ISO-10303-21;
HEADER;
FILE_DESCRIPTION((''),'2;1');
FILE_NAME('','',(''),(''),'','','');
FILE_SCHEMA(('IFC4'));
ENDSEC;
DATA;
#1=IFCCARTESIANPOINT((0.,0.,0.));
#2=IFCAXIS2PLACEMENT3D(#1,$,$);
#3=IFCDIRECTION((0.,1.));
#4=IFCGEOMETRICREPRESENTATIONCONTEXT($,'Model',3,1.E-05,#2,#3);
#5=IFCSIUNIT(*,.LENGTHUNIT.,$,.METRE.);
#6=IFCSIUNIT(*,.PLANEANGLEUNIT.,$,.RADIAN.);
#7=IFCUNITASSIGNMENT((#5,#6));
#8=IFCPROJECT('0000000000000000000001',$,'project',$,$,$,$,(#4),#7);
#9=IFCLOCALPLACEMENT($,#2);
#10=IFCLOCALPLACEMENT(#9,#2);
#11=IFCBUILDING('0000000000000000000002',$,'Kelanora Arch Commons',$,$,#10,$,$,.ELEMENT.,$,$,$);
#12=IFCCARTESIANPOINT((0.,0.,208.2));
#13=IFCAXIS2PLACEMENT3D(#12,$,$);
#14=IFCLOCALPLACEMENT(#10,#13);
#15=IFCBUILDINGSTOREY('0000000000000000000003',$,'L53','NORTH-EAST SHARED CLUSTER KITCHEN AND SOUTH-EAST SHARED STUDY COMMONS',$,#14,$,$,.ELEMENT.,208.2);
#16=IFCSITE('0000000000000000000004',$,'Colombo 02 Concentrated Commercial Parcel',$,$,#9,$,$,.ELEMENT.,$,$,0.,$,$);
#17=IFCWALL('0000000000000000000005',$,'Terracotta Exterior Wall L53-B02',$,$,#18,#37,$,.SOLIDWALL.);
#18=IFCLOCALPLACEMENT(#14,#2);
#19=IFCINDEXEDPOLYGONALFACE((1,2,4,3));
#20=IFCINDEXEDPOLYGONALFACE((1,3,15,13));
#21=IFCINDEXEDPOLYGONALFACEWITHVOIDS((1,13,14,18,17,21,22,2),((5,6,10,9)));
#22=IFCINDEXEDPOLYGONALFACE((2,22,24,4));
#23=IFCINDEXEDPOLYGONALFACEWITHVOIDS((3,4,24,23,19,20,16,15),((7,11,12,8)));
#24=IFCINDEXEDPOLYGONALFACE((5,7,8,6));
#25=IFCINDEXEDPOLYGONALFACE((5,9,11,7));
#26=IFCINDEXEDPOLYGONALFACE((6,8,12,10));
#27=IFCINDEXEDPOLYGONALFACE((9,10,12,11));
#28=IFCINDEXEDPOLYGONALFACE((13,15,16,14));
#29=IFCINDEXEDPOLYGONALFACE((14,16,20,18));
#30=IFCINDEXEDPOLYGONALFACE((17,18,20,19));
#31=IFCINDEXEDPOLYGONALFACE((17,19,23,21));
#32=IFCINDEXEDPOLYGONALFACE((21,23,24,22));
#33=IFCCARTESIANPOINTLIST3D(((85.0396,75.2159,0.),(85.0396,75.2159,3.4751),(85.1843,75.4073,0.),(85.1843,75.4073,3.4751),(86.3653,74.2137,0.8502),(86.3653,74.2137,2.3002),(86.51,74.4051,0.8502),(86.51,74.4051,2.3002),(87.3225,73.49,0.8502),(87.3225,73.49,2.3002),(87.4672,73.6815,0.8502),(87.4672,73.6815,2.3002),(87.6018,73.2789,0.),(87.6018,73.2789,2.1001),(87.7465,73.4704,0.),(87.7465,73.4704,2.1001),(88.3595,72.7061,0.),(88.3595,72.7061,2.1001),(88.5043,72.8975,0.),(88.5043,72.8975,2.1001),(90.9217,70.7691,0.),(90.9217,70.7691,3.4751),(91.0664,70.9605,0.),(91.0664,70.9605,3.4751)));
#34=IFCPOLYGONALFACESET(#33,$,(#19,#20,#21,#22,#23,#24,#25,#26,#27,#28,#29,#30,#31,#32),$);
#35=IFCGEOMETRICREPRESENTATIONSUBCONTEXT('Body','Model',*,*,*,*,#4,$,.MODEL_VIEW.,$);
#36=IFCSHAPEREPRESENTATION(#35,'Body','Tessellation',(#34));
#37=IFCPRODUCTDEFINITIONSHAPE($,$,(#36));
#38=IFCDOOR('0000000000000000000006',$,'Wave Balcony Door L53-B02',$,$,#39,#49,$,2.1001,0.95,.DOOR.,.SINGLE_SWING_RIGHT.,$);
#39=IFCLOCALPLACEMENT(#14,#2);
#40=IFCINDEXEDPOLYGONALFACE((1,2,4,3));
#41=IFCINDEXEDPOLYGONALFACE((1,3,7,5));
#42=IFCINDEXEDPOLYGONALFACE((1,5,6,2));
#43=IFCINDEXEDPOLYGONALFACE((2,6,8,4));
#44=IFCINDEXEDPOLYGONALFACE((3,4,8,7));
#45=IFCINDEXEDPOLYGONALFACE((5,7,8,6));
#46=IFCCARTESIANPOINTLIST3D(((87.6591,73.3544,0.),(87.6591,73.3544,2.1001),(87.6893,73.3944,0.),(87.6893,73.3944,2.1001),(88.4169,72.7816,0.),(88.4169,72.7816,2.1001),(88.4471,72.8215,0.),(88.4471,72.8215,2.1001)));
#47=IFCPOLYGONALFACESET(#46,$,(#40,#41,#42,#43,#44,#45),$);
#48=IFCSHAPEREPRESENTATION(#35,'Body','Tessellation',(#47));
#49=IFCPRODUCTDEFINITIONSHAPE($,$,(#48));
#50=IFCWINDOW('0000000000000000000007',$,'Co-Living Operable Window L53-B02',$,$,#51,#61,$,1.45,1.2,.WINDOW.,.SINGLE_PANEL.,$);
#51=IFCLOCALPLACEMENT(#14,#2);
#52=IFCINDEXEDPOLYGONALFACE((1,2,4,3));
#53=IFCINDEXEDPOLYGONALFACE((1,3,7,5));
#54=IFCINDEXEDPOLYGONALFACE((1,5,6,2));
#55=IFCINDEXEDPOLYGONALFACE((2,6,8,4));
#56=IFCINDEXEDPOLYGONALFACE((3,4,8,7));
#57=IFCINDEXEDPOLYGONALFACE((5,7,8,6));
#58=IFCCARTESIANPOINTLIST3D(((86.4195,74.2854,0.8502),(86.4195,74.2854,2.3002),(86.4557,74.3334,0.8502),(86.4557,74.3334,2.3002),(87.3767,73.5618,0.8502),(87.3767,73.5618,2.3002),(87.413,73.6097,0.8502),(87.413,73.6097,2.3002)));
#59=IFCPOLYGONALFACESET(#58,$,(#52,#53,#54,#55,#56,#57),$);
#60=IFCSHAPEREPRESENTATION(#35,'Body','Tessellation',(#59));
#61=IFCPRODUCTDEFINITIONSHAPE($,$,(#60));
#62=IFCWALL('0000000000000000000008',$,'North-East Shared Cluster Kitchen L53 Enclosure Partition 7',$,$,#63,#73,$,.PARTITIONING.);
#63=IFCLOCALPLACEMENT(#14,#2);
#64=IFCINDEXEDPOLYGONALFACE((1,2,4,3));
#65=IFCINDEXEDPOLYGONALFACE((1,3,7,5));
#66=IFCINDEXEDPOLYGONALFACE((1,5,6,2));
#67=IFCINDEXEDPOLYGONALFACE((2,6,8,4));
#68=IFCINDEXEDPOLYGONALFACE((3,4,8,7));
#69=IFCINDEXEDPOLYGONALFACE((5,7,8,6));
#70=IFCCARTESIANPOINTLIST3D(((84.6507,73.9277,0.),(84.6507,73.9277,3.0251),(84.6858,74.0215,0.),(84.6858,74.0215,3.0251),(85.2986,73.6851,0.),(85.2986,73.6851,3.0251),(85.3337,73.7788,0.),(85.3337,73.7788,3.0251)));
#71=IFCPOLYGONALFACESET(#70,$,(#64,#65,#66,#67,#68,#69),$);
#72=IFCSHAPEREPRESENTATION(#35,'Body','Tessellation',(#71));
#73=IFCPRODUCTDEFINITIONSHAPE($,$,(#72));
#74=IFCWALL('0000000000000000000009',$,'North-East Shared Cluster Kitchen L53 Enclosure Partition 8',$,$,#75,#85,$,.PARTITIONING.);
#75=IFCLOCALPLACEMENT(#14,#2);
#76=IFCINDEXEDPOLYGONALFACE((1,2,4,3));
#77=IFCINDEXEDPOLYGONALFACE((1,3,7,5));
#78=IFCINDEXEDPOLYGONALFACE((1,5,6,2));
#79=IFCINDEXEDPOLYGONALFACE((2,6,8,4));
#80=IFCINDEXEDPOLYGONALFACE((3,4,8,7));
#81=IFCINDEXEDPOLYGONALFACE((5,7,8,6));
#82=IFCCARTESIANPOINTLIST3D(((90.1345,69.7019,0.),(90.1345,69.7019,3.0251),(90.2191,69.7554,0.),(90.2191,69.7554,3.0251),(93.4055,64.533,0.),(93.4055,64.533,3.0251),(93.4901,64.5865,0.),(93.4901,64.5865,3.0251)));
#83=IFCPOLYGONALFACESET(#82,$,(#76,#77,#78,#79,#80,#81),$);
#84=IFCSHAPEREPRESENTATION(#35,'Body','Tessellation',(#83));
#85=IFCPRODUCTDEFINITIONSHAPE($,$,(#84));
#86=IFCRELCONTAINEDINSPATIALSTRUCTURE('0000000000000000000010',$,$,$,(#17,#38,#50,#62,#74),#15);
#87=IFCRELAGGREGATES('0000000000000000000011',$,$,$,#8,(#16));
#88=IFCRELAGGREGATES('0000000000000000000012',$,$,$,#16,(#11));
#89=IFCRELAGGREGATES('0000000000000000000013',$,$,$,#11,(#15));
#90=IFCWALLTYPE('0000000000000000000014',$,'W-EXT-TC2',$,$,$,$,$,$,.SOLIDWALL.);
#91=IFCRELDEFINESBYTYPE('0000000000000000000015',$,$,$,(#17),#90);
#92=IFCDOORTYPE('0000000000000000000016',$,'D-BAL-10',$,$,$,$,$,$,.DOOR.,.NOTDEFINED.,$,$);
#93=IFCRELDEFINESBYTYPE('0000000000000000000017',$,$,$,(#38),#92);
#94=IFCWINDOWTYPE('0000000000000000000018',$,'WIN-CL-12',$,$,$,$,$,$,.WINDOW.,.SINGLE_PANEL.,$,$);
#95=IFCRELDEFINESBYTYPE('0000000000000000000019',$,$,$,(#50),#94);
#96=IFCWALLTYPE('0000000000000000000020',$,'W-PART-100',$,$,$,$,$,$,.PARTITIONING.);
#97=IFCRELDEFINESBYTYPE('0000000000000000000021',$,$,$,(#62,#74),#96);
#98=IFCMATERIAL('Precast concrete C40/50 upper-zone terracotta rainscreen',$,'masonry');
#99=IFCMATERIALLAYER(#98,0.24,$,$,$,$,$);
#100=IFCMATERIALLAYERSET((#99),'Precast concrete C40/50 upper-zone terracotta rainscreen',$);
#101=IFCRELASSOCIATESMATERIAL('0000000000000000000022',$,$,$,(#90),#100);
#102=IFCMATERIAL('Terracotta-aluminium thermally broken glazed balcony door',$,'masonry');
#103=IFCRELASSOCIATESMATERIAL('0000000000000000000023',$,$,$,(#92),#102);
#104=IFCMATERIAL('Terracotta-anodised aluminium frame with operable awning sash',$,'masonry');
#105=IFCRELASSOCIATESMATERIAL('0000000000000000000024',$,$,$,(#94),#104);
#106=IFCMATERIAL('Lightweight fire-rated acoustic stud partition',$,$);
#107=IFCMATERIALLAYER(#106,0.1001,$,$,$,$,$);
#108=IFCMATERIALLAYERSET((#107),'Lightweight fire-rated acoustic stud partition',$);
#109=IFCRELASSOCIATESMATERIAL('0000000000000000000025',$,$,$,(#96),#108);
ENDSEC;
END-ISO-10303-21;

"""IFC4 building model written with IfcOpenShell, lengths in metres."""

from ifc_helpers import new_model, si_unit, direction, frame, frame_2d, origin, place, context, subcontext, project, spatial, rectangle, extrude, material, layer, layer_set, type_object, element, fill, save


model = new_model("IFC4")

# Units and contexts
model_context = context("Model", 3, precision=1e-05, world=origin(), true_north=direction((0.0, 1.0)))
body_context = subcontext(model_context, "Body", "Model", "MODEL_VIEW")
ifc_project = project(units=[si_unit("LENGTHUNIT", "METRE"), si_unit("PLANEANGLEUNIT", "RADIAN")], contexts=[model_context])

# Site, building, storey
site_placement = place(None, origin())
site = spatial("IfcSite", under=ifc_project, at=site_placement, Name="Colombo 02 Concentrated Commercial Parcel", CompositionType="ELEMENT", RefElevation=0.0)
building_placement = place(site_placement, origin())
building = spatial("IfcBuilding", under=site, at=building_placement, Name="Kelanora Arch Commons", CompositionType="ELEMENT")
storey_placement = place(building_placement, frame((0.0, 0.0, 208.2)))
storey = spatial("IfcBuildingStorey", under=building, at=storey_placement, Name="L53", Description="NORTH-EAST SHARED CLUSTER KITCHEN AND SOUTH-EAST SHARED STUDY COMMONS", CompositionType="ELEMENT", Elevation=208.2)

# Shared definitions
ifc_material_1 = material(Name="Precast concrete C40/50 upper-zone terracotta rainscreen", Category="masonry")
ifc_layer_1 = layer(ifc_material_1, 0.24)
ifc_layer_set_1 = layer_set([ifc_layer_1], Name="Precast concrete C40/50 upper-zone terracotta rainscreen")
wall_type_1 = type_object("IfcWallType", Name="W-EXT-TC2", PredefinedType="SOLIDWALL", material=ifc_layer_set_1)

# Wall, openings, door, window
wall_1_placement = place(storey_placement, frame((90.9941, 70.8647, 0.0), z_axis=(0.0, 0.0, 1.0), x_axis=(-0.797702, 0.603052, 0.0)))
wall_1 = element("IfcWall", 1, at=wall_1_placement, inside=storey, type_object=wall_type_1, Name="Terracotta Exterior Wall L53-B02", PredefinedType="SOLIDWALL", context=body_context, shape_type="SweptSolid", body=[
    extrude(rectangle(XDim=7.3738, YDim=0.24, at=frame_2d((3.687, 0.0))), origin(), (0.0, 0.0, 1.0), 3.4751),
])
opening_1_placement = place(wall_1_placement, frame((3.2119, 0.0, 0.0)))
opening_1 = element("IfcOpeningElement", 2, at=opening_1_placement, cuts=wall_1, PredefinedType="OPENING", context=body_context, shape_type="SweptSolid", body=[
    extrude(rectangle(XDim=0.95, YDim=2.1001, at=frame_2d((0.4751, 1.05))), frame((0.0, 0.1299, 0.0), z_axis=(0.0, -1.0, 0.0), x_axis=(1.0, 0.0, 0.0)), (0.0, 0.0, 1.0), 0.26),
])
opening_2_placement = place(wall_1_placement, frame((4.512, 0.0, 0.8501)))
opening_2 = element("IfcOpeningElement", 3, at=opening_2_placement, cuts=wall_1, PredefinedType="OPENING", context=body_context, shape_type="SweptSolid", body=[
    extrude(rectangle(XDim=1.2, YDim=1.45, at=frame_2d((0.6001, 0.7251))), frame((0.0, 0.1299, 0.0), z_axis=(0.0, -1.0, 0.0), x_axis=(1.0, 0.0, 0.0)), (0.0, 0.0, 1.0), 0.26),
])
ifc_material_2 = material(Name="Terracotta-aluminium thermally broken glazed balcony door", Category="masonry")
door_type = type_object("IfcDoorType", Name="D-BAL-10", OperationType="NOTDEFINED", PredefinedType="DOOR", material=ifc_material_2)
door_placement = place(opening_1_placement, frame((0.95, 0.0, 0.0), z_axis=(0.0, 0.0, 1.0), x_axis=(-1.0, 0.0, 0.0)))
door = element("IfcDoor", 4, at=door_placement, inside=storey, type_object=door_type, Name="Wave Balcony Door L53-B02", OperationType="SINGLE_SWING_RIGHT", OverallHeight=2.1001, OverallWidth=0.95, PredefinedType="DOOR", context=body_context, shape_type="SweptSolid", body=[
    extrude(rectangle(XDim=0.95, YDim=2.1001, at=frame_2d((0.4751, 1.05))), frame((0.0, 0.0249, 0.0), z_axis=(0.0, -1.0, 0.0), x_axis=(1.0, 0.0, 0.0)), (0.0, 0.0, 1.0), 0.05),
])
fill(opening_1, door)
ifc_material_3 = material(Name="Terracotta-anodised aluminium frame with operable awning sash", Category="masonry")
window_type_1 = type_object("IfcWindowType", Name="WIN-CL-12", PartitioningType="SINGLE_PANEL", PredefinedType="WINDOW", material=ifc_material_3)
window_1_placement = place(opening_2_placement, origin())
window_1 = element("IfcWindow", 5, at=window_1_placement, inside=storey, type_object=window_type_1, Name="Co-Living Operable Window L53-B02", OverallHeight=1.45, OverallWidth=1.2, PartitioningType="SINGLE_PANEL", PredefinedType="WINDOW", context=body_context, shape_type="SweptSolid", body=[
    extrude(rectangle(XDim=1.2, YDim=1.45, at=frame_2d((0.6001, 0.7251))), frame((0.0, 0.03, 0.0), z_axis=(0.0, -1.0, 0.0), x_axis=(1.0, 0.0, 0.0)), (0.0, 0.0, 1.0), 0.0601),
])
fill(opening_2, window_1)

# Walls
ifc_material_4 = material(Name="Lightweight fire-rated acoustic stud partition")
ifc_layer_2 = layer(ifc_material_4, 0.1001)
ifc_layer_set_2 = layer_set([ifc_layer_2], Name="Lightweight fire-rated acoustic stud partition")
wall_type_2 = type_object("IfcWallType", Name="W-PART-100", PredefinedType="PARTITIONING", material=ifc_layer_set_2)
wall_2_placement = place(storey_placement, frame((84.6682, 73.9746, 0.0), z_axis=(0.0, 0.0, 1.0), x_axis=(0.936474, -0.350737, 0.0)))
element("IfcWall", 6, at=wall_2_placement, inside=storey, type_object=wall_type_2, Name="North-East Shared Cluster Kitchen L53 Enclosure Partition 7", PredefinedType="PARTITIONING", context=body_context, shape_type="SweptSolid", body=[
    extrude(rectangle(XDim=0.6919, YDim=0.1001, at=frame_2d((0.3459, 0.0))), origin(), (0.0, 0.0, 1.0), 3.0251),
])
wall_3_placement = place(storey_placement, frame((90.1768, 69.7288, 0.0), z_axis=(0.0, 0.0, 1.0), x_axis=(0.534741, -0.845016, 0.0)))
element("IfcWall", 7, at=wall_3_placement, inside=storey, type_object=wall_type_2, Name="North-East Shared Cluster Kitchen L53 Enclosure Partition 8", PredefinedType="PARTITIONING", context=body_context, shape_type="SweptSolid", body=[
    extrude(rectangle(XDim=6.1169, YDim=0.1001, at=frame_2d((3.0586, 0.0))), origin(), (0.0, 0.0, 1.0), 3.0251),
])

save(model, "model.ifc")
